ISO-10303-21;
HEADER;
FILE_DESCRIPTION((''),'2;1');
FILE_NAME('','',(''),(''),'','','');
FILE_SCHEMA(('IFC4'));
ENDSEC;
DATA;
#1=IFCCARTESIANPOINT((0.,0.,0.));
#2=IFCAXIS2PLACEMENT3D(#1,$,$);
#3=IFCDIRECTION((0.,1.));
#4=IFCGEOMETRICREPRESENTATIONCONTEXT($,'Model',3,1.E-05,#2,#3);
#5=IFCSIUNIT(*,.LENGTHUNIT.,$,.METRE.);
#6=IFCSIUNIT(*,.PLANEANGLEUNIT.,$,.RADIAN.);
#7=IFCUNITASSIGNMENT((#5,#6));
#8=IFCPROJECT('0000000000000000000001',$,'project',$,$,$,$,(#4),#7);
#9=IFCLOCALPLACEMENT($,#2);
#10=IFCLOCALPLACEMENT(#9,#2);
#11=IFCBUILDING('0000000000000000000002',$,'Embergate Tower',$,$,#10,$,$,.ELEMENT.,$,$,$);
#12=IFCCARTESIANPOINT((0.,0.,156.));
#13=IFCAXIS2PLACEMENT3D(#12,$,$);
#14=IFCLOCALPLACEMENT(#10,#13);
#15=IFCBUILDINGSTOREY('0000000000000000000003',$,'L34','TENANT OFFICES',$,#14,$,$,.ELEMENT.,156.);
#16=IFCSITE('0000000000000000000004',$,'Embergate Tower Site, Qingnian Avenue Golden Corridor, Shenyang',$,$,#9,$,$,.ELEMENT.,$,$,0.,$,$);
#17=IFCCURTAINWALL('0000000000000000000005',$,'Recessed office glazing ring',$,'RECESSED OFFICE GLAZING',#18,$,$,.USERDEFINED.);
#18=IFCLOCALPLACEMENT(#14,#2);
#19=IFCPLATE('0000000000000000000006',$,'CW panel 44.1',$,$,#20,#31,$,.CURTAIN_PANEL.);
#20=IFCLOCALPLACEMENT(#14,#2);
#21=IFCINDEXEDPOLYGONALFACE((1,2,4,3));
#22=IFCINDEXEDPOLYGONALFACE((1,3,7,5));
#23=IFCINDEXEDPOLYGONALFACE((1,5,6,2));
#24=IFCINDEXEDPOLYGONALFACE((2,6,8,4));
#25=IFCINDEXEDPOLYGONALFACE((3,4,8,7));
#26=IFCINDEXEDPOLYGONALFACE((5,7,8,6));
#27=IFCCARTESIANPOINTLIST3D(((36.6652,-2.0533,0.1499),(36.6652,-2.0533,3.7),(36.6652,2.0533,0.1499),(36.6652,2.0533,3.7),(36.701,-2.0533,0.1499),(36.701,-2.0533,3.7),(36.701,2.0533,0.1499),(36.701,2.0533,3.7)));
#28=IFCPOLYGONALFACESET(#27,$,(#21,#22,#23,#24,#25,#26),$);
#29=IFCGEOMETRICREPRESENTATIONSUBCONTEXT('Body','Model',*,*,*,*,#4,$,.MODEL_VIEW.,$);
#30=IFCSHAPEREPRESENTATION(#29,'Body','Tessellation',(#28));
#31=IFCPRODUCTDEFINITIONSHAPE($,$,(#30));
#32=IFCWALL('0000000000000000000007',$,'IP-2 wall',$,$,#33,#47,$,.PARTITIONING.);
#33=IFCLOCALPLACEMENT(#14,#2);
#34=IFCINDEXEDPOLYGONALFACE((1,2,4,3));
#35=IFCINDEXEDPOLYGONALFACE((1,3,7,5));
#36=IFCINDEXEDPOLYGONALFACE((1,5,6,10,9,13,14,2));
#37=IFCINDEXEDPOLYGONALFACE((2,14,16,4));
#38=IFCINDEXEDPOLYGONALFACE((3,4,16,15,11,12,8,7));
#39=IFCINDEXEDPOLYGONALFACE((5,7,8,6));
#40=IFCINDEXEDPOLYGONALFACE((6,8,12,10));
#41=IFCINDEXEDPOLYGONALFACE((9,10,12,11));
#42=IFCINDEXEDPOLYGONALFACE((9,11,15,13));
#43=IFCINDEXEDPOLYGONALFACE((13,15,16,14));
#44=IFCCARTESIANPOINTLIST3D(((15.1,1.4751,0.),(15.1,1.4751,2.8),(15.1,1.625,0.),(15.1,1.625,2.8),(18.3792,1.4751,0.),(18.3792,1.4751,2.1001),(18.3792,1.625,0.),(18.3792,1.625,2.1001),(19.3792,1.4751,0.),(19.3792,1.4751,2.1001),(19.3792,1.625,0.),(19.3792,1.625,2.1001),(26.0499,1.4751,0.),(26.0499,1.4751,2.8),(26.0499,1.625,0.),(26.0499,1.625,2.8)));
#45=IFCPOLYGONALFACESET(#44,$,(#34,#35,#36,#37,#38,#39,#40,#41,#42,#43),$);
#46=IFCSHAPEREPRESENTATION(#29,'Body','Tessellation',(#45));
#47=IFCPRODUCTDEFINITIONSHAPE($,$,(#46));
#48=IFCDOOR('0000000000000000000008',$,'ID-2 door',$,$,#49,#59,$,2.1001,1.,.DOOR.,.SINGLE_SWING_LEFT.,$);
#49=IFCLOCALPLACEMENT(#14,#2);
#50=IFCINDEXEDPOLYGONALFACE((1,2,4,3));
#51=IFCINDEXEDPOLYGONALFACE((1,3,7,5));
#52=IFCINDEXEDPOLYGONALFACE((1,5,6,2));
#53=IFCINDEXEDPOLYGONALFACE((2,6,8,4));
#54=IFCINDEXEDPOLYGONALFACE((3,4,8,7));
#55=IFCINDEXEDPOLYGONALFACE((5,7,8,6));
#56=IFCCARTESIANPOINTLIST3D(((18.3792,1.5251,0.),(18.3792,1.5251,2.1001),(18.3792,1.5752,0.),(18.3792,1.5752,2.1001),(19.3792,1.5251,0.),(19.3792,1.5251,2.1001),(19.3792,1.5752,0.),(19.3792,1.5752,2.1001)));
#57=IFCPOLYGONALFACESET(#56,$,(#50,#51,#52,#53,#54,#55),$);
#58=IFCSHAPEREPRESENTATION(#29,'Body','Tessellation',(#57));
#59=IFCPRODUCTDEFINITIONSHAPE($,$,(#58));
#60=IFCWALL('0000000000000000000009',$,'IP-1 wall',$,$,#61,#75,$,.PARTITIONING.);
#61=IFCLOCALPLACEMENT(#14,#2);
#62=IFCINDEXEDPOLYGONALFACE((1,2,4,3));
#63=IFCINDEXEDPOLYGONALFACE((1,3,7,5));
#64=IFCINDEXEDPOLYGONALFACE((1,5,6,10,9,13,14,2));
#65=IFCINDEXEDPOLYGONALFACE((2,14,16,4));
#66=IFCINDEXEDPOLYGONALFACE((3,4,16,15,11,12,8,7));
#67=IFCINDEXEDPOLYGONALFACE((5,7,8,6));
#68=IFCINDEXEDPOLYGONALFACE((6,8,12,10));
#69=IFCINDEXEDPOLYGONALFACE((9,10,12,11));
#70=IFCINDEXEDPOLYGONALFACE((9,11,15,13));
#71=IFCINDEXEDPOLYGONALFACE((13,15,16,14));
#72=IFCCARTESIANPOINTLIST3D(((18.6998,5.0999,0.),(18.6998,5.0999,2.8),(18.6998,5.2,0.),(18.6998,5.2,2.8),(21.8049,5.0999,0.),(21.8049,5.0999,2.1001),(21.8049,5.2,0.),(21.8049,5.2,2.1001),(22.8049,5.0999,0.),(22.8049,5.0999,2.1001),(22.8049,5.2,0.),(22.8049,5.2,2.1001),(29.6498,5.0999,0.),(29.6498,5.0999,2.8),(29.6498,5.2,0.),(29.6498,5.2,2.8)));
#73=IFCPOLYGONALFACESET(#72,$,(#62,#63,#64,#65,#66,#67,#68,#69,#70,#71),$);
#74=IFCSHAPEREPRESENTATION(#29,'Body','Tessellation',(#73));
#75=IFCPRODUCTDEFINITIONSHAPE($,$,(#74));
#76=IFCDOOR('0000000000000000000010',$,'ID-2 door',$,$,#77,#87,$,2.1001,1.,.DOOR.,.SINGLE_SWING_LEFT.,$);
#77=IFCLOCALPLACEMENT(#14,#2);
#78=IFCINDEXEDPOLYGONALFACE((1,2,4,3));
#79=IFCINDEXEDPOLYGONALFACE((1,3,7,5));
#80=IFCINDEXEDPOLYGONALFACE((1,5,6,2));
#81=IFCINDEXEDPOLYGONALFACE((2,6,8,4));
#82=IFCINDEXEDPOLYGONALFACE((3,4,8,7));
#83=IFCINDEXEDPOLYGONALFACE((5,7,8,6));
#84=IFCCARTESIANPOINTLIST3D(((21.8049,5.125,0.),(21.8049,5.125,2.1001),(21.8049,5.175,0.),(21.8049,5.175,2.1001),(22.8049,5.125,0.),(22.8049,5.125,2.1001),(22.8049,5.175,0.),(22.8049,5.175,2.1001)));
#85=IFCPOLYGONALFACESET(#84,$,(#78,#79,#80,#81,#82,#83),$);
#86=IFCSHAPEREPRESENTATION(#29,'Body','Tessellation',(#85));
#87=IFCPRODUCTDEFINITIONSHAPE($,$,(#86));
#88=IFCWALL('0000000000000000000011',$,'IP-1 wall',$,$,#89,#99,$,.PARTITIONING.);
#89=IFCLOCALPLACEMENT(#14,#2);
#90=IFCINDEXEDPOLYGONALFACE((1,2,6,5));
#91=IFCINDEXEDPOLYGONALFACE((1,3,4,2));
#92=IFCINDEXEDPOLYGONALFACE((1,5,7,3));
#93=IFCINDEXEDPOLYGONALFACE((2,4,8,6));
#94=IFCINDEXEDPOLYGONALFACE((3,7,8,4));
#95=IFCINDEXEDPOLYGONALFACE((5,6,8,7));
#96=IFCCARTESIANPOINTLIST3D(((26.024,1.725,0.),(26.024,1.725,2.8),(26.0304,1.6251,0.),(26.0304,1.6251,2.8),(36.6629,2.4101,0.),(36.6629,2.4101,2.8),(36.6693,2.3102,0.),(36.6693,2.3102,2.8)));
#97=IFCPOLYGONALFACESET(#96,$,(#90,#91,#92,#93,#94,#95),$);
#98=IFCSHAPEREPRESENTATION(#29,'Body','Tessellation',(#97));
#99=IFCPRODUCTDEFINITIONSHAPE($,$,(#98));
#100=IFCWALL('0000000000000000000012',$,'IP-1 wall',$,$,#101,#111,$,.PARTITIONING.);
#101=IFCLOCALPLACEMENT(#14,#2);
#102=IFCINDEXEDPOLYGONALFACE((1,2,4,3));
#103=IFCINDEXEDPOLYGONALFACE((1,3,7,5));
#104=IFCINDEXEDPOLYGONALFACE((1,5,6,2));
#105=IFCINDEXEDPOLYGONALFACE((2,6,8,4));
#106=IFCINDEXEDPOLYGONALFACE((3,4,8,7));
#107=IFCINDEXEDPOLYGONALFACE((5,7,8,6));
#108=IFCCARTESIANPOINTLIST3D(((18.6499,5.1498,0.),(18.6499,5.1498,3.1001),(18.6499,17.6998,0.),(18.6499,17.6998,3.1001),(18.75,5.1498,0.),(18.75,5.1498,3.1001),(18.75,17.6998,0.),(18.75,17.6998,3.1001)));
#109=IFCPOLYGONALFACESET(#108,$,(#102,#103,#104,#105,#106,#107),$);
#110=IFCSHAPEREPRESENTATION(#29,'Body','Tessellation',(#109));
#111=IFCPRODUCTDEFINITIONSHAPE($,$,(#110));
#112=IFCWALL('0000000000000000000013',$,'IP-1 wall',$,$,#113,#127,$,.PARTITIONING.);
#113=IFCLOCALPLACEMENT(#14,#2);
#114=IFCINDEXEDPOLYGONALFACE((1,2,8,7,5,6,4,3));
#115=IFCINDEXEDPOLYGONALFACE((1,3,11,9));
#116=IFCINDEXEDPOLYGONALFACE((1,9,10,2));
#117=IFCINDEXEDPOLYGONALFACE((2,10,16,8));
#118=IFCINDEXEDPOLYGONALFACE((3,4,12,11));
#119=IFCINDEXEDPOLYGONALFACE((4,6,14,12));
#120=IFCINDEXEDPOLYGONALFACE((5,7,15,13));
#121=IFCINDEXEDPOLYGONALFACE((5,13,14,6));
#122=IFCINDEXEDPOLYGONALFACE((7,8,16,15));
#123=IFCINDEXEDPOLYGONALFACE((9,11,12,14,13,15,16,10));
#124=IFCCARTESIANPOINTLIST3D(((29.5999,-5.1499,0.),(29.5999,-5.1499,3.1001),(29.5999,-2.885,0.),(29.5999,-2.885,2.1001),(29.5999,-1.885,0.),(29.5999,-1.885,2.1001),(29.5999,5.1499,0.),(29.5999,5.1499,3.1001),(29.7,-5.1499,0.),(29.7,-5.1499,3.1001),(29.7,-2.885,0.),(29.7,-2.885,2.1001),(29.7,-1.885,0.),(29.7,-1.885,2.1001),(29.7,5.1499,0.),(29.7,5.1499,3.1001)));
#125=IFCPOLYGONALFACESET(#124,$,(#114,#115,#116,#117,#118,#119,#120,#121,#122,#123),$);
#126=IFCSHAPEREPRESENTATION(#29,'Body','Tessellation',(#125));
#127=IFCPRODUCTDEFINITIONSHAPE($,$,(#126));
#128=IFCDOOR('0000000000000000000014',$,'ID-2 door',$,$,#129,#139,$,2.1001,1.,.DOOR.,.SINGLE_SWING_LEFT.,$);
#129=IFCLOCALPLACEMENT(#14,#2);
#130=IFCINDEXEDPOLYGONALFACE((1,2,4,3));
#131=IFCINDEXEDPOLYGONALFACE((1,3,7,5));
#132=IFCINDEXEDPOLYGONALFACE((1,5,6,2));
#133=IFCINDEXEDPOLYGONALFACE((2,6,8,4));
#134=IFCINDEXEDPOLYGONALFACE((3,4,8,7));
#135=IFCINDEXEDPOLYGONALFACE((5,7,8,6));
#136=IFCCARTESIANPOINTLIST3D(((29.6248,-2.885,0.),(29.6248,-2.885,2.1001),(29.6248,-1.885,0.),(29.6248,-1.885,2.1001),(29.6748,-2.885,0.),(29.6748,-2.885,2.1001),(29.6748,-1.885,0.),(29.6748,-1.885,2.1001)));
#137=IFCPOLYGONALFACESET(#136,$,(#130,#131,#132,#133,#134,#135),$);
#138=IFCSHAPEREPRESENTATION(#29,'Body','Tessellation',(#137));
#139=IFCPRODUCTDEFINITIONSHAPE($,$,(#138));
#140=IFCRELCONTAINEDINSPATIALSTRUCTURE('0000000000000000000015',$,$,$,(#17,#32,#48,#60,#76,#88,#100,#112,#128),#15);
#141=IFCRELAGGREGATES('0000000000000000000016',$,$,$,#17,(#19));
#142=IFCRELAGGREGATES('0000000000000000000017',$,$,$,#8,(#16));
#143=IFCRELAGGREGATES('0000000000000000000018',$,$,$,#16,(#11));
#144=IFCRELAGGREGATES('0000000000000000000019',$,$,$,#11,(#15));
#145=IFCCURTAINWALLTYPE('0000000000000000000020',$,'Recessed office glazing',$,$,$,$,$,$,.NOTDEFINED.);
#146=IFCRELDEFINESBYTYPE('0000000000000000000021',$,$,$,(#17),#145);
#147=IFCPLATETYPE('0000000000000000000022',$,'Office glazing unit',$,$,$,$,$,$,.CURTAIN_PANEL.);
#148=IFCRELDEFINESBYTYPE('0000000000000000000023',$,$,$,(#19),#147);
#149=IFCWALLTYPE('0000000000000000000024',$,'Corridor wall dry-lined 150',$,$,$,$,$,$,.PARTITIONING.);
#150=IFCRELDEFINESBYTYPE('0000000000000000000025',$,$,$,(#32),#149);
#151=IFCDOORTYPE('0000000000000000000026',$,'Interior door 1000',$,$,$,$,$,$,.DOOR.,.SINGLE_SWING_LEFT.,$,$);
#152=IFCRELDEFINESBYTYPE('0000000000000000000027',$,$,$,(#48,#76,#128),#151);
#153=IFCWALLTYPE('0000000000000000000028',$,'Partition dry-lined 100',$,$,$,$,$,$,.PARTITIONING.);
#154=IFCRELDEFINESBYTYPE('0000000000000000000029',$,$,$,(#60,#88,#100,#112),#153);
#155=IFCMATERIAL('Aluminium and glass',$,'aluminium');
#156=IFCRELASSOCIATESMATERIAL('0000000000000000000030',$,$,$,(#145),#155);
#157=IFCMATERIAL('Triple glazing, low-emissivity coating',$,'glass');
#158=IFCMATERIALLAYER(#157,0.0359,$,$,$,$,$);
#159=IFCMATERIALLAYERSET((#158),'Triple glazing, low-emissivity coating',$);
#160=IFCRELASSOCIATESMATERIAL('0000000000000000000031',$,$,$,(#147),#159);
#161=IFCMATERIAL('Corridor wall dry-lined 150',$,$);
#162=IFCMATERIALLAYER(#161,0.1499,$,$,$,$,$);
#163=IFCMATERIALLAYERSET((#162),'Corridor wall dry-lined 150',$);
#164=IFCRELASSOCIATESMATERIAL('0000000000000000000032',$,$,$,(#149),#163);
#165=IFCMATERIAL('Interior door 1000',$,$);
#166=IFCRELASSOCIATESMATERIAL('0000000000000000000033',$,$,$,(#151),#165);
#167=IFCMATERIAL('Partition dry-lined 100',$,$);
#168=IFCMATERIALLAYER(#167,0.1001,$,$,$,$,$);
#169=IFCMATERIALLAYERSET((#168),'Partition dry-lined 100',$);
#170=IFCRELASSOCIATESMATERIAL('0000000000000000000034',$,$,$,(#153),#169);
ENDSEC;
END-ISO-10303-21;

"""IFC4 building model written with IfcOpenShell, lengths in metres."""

from ifc_helpers import new_model, si_unit, direction, frame, frame_2d, origin, origin_2d, place, context, subcontext, project, spatial, rectangle, extrude, source, transform, mapped, material, layer, layer_set, type_object, element, fill, aggregate, save


model = new_model("IFC4")

# Units and contexts
model_context = context("Model", 3, precision=1e-05, world=origin(), true_north=direction((0.0, 1.0)))
body_context = subcontext(model_context, "Body", "Model", "MODEL_VIEW")
ifc_project = project(units=[si_unit("LENGTHUNIT", "METRE"), si_unit("PLANEANGLEUNIT", "RADIAN")], contexts=[model_context])

# Site, building, storey
site_placement = place(None, origin())
site = spatial("IfcSite", under=ifc_project, at=site_placement, Name="Embergate Tower Site, Qingnian Avenue Golden Corridor, Shenyang", CompositionType="ELEMENT", RefElevation=0.0)
building_placement = place(site_placement, origin())
building = spatial("IfcBuilding", under=site, at=building_placement, Name="Embergate Tower", CompositionType="ELEMENT")
storey_placement = place(building_placement, frame((0.0, 0.0, 156.0)))
storey = spatial("IfcBuildingStorey", under=building, at=storey_placement, Name="L34", Description="TENANT OFFICES", CompositionType="ELEMENT", Elevation=156.0)

# Curtain wall, plate
ifc_material_1 = material(Name="Aluminium and glass", Category="aluminium")
curtain_wall_type = type_object("IfcCurtainWallType", Name="Recessed office glazing", PredefinedType="NOTDEFINED", material=ifc_material_1)
curtain_wall_placement = place(storey_placement, origin())
curtain_wall = element("IfcCurtainWall", 1, at=curtain_wall_placement, inside=storey, type_object=curtain_wall_type, Name="Recessed office glazing ring", ObjectType="RECESSED OFFICE GLAZING", PredefinedType="USERDEFINED")
ifc_material_2 = material(Name="Triple glazing, low-emissivity coating", Category="glass")
ifc_layer_1 = layer(ifc_material_2, 0.0359)
ifc_layer_set_1 = layer_set([ifc_layer_1], Name="Triple glazing, low-emissivity coating")
plate_type = type_object("IfcPlateType", Name="Office glazing unit", PredefinedType="CURTAIN_PANEL", material=ifc_layer_set_1)
shared_shape_1 = source(origin(), body_context, "Body", "SweptSolid", [
    extrude(rectangle(XDim=4.1067, YDim=0.0359, at=origin_2d()), origin(), (0.0, 0.0, 1.0), 3.55),
])
plate_1_placement = place(storey_placement, frame((36.6831, 0.0, 0.1499), z_axis=(0.0, 0.0, 1.0), x_axis=(0.0, 1.0, 0.0)))
plate_1 = element("IfcPlate", 2, at=plate_1_placement, type_object=plate_type, Name="CW panel 44.1", PredefinedType="CURTAIN_PANEL", context=body_context, shape_type="MappedRepresentation", body=[
    mapped(shared_shape_1, transform((0.0, 0.0, 0.0))),
])
aggregate(curtain_wall, [plate_1])

# Walls, openings, doors
ifc_material_3 = material(Name="Corridor wall dry-lined 150")
ifc_layer_2 = layer(ifc_material_3, 0.1499)
ifc_layer_set_2 = layer_set([ifc_layer_2], Name="Corridor wall dry-lined 150")
wall_type_1 = type_object("IfcWallType", Name="Corridor wall dry-lined 150", PredefinedType="PARTITIONING", material=ifc_layer_set_2)
shared_shape_2 = source(origin(), body_context, "Body", "SweptSolid", [
    extrude(rectangle(XDim=10.95, YDim=0.1499, at=frame_2d((5.4751, 0.0))), origin(), (0.0, 0.0, 1.0), 2.8),
])
wall_1_placement = place(storey_placement, frame((26.05, 1.55, 0.0), z_axis=(0.0, 0.0, 1.0), x_axis=(-1.0, 0.0, 0.0)))
wall_1 = element("IfcWall", 3, at=wall_1_placement, inside=storey, type_object=wall_type_1, Name="IP-2 wall", PredefinedType="PARTITIONING", context=body_context, shape_type="MappedRepresentation", body=[
    mapped(shared_shape_2, transform((0.0, 0.0, 0.0))),
])
shared_shape_3 = source(origin(), body_context, "Body", "SweptSolid", [
    extrude(rectangle(XDim=1.0, YDim=2.1001, at=frame_2d((0.5, 1.05))), frame((0.0, 0.085, 0.0), z_axis=(0.0, -1.0, 0.0), x_axis=(1.0, 0.0, 0.0)), (0.0, 0.0, 1.0), 0.1699),
])
opening_1_placement = place(wall_1_placement, frame((6.6709, 0.0, 0.0)))
opening_1 = element("IfcOpeningElement", 4, at=opening_1_placement, cuts=wall_1, PredefinedType="OPENING", context=body_context, shape_type="MappedRepresentation", body=[
    mapped(shared_shape_3, transform((0.0, 0.0, 0.0))),
])
ifc_material_4 = material(Name="Interior door 1000")
door_type = type_object("IfcDoorType", Name="Interior door 1000", OperationType="SINGLE_SWING_LEFT", PredefinedType="DOOR", material=ifc_material_4)
shared_shape_4 = source(origin(), body_context, "Body", "SweptSolid", [
    extrude(rectangle(XDim=1.0, YDim=2.1001, at=frame_2d((0.5, 1.05))), frame((0.0, 0.0249, 0.0), z_axis=(0.0, -1.0, 0.0), x_axis=(1.0, 0.0, 0.0)), (0.0, 0.0, 1.0), 0.05),
])
door_1_placement = place(opening_1_placement, origin())
door_1 = element("IfcDoor", 5, at=door_1_placement, inside=storey, type_object=door_type, Name="ID-2 door", OperationType="SINGLE_SWING_LEFT", OverallHeight=2.1001, OverallWidth=1.0, PredefinedType="DOOR", context=body_context, shape_type="MappedRepresentation", body=[
    mapped(shared_shape_4, transform((0.0, 0.0, 0.0))),
])
fill(opening_1, door_1)
ifc_material_5 = material(Name="Partition dry-lined 100")
ifc_layer_3 = layer(ifc_material_5, 0.1001)
ifc_layer_set_3 = layer_set([ifc_layer_3], Name="Partition dry-lined 100")
wall_type_2 = type_object("IfcWallType", Name="Partition dry-lined 100", PredefinedType="PARTITIONING", material=ifc_layer_set_3)
shared_shape_5 = source(origin(), body_context, "Body", "SweptSolid", [
    extrude(rectangle(XDim=10.95, YDim=0.1001, at=frame_2d((5.4751, 0.0))), origin(), (0.0, 0.0, 1.0), 2.8),
])
wall_2_placement = place(storey_placement, frame((29.6499, 5.1499, 0.0), z_axis=(0.0, 0.0, 1.0), x_axis=(-1.0, 0.0, 0.0)))
wall_2 = element("IfcWall", 6, at=wall_2_placement, inside=storey, type_object=wall_type_2, Name="IP-1 wall", PredefinedType="PARTITIONING", context=body_context, shape_type="MappedRepresentation", body=[
    mapped(shared_shape_5, transform((0.0, 0.0, 0.0))),
])
shared_shape_6 = source(origin(), body_context, "Body", "SweptSolid", [
    extrude(rectangle(XDim=1.0, YDim=2.1001, at=frame_2d((0.5, 1.05))), frame((0.0, 0.0601, 0.0), z_axis=(0.0, -1.0, 0.0), x_axis=(1.0, 0.0, 0.0)), (0.0, 0.0, 1.0), 0.1201),
])
opening_2_placement = place(wall_2_placement, frame((6.845, 0.0, 0.0)))
opening_2 = element("IfcOpeningElement", 7, at=opening_2_placement, cuts=wall_2, PredefinedType="OPENING", context=body_context, shape_type="MappedRepresentation", body=[
    mapped(shared_shape_6, transform((0.0, 0.0, 0.0))),
])
door_2_placement = place(opening_2_placement, origin())
door_2 = element("IfcDoor", 8, at=door_2_placement, inside=storey, type_object=door_type, Name="ID-2 door", OperationType="SINGLE_SWING_LEFT", OverallHeight=2.1001, OverallWidth=1.0, PredefinedType="DOOR", context=body_context, shape_type="MappedRepresentation", body=[
    mapped(shared_shape_4, transform((0.0, 0.0, 0.0))),
])
fill(opening_2, door_2)

# Walls
shared_shape_7 = source(origin(), body_context, "Body", "SweptSolid", [
    extrude(rectangle(XDim=10.6609, YDim=0.1001, at=frame_2d((5.3306, 0.0))), origin(), (0.0, 0.0, 1.0), 2.8),
])
wall_3_placement = place(storey_placement, frame((26.0271, 1.675, 0.0), z_axis=(0.0, 0.0, 1.0), x_axis=(0.997933, 0.064259, 0.0)))
element("IfcWall", 9, at=wall_3_placement, inside=storey, type_object=wall_type_2, Name="IP-1 wall", PredefinedType="PARTITIONING", context=body_context, shape_type="MappedRepresentation", body=[
    mapped(shared_shape_7, transform((0.0, 0.0, 0.0))),
])
shared_shape_8 = source(origin(), body_context, "Body", "SweptSolid", [
    extrude(rectangle(XDim=12.55, YDim=0.1001, at=frame_2d((6.2749, 0.0))), origin(), (0.0, 0.0, 1.0), 3.1001),
])
wall_4_placement = place(storey_placement, frame((18.7, 5.1499, 0.0), z_axis=(0.0, 0.0, 1.0), x_axis=(0.0, 1.0, 0.0)))
element("IfcWall", 10, at=wall_4_placement, inside=storey, type_object=wall_type_2, Name="IP-1 wall", PredefinedType="PARTITIONING", context=body_context, shape_type="MappedRepresentation", body=[
    mapped(shared_shape_8, transform((0.0, 0.0, 0.0))),
])

# Wall, opening, door
shared_shape_9 = source(origin(), body_context, "Body", "SweptSolid", [
    extrude(rectangle(XDim=10.2998, YDim=0.1001, at=frame_2d((5.1499, 0.0))), origin(), (0.0, 0.0, 1.0), 3.1001),
])
wall_5_placement = place(storey_placement, frame((29.6499, 5.1499, 0.0), z_axis=(0.0, 0.0, 1.0), x_axis=(0.0, -1.0, 0.0)))
wall_5 = element("IfcWall", 11, at=wall_5_placement, inside=storey, type_object=wall_type_2, Name="IP-1 wall", PredefinedType="PARTITIONING", context=body_context, shape_type="MappedRepresentation", body=[
    mapped(shared_shape_9, transform((0.0, 0.0, 0.0))),
])
opening_3_placement = place(wall_5_placement, frame((7.0349, 0.0, 0.0)))
opening_3 = element("IfcOpeningElement", 12, at=opening_3_placement, cuts=wall_5, PredefinedType="OPENING", context=body_context, shape_type="MappedRepresentation", body=[
    mapped(shared_shape_6, transform((0.0, 0.0, 0.0))),
])
door_3_placement = place(opening_3_placement, origin())
door_3 = element("IfcDoor", 13, at=door_3_placement, inside=storey, type_object=door_type, Name="ID-2 door", OperationType="SINGLE_SWING_LEFT", OverallHeight=2.1001, OverallWidth=1.0, PredefinedType="DOOR", context=body_context, shape_type="MappedRepresentation", body=[
    mapped(shared_shape_4, transform((0.0, 0.0, 0.0))),
])
fill(opening_3, door_3)

save(model, "model.ifc")
